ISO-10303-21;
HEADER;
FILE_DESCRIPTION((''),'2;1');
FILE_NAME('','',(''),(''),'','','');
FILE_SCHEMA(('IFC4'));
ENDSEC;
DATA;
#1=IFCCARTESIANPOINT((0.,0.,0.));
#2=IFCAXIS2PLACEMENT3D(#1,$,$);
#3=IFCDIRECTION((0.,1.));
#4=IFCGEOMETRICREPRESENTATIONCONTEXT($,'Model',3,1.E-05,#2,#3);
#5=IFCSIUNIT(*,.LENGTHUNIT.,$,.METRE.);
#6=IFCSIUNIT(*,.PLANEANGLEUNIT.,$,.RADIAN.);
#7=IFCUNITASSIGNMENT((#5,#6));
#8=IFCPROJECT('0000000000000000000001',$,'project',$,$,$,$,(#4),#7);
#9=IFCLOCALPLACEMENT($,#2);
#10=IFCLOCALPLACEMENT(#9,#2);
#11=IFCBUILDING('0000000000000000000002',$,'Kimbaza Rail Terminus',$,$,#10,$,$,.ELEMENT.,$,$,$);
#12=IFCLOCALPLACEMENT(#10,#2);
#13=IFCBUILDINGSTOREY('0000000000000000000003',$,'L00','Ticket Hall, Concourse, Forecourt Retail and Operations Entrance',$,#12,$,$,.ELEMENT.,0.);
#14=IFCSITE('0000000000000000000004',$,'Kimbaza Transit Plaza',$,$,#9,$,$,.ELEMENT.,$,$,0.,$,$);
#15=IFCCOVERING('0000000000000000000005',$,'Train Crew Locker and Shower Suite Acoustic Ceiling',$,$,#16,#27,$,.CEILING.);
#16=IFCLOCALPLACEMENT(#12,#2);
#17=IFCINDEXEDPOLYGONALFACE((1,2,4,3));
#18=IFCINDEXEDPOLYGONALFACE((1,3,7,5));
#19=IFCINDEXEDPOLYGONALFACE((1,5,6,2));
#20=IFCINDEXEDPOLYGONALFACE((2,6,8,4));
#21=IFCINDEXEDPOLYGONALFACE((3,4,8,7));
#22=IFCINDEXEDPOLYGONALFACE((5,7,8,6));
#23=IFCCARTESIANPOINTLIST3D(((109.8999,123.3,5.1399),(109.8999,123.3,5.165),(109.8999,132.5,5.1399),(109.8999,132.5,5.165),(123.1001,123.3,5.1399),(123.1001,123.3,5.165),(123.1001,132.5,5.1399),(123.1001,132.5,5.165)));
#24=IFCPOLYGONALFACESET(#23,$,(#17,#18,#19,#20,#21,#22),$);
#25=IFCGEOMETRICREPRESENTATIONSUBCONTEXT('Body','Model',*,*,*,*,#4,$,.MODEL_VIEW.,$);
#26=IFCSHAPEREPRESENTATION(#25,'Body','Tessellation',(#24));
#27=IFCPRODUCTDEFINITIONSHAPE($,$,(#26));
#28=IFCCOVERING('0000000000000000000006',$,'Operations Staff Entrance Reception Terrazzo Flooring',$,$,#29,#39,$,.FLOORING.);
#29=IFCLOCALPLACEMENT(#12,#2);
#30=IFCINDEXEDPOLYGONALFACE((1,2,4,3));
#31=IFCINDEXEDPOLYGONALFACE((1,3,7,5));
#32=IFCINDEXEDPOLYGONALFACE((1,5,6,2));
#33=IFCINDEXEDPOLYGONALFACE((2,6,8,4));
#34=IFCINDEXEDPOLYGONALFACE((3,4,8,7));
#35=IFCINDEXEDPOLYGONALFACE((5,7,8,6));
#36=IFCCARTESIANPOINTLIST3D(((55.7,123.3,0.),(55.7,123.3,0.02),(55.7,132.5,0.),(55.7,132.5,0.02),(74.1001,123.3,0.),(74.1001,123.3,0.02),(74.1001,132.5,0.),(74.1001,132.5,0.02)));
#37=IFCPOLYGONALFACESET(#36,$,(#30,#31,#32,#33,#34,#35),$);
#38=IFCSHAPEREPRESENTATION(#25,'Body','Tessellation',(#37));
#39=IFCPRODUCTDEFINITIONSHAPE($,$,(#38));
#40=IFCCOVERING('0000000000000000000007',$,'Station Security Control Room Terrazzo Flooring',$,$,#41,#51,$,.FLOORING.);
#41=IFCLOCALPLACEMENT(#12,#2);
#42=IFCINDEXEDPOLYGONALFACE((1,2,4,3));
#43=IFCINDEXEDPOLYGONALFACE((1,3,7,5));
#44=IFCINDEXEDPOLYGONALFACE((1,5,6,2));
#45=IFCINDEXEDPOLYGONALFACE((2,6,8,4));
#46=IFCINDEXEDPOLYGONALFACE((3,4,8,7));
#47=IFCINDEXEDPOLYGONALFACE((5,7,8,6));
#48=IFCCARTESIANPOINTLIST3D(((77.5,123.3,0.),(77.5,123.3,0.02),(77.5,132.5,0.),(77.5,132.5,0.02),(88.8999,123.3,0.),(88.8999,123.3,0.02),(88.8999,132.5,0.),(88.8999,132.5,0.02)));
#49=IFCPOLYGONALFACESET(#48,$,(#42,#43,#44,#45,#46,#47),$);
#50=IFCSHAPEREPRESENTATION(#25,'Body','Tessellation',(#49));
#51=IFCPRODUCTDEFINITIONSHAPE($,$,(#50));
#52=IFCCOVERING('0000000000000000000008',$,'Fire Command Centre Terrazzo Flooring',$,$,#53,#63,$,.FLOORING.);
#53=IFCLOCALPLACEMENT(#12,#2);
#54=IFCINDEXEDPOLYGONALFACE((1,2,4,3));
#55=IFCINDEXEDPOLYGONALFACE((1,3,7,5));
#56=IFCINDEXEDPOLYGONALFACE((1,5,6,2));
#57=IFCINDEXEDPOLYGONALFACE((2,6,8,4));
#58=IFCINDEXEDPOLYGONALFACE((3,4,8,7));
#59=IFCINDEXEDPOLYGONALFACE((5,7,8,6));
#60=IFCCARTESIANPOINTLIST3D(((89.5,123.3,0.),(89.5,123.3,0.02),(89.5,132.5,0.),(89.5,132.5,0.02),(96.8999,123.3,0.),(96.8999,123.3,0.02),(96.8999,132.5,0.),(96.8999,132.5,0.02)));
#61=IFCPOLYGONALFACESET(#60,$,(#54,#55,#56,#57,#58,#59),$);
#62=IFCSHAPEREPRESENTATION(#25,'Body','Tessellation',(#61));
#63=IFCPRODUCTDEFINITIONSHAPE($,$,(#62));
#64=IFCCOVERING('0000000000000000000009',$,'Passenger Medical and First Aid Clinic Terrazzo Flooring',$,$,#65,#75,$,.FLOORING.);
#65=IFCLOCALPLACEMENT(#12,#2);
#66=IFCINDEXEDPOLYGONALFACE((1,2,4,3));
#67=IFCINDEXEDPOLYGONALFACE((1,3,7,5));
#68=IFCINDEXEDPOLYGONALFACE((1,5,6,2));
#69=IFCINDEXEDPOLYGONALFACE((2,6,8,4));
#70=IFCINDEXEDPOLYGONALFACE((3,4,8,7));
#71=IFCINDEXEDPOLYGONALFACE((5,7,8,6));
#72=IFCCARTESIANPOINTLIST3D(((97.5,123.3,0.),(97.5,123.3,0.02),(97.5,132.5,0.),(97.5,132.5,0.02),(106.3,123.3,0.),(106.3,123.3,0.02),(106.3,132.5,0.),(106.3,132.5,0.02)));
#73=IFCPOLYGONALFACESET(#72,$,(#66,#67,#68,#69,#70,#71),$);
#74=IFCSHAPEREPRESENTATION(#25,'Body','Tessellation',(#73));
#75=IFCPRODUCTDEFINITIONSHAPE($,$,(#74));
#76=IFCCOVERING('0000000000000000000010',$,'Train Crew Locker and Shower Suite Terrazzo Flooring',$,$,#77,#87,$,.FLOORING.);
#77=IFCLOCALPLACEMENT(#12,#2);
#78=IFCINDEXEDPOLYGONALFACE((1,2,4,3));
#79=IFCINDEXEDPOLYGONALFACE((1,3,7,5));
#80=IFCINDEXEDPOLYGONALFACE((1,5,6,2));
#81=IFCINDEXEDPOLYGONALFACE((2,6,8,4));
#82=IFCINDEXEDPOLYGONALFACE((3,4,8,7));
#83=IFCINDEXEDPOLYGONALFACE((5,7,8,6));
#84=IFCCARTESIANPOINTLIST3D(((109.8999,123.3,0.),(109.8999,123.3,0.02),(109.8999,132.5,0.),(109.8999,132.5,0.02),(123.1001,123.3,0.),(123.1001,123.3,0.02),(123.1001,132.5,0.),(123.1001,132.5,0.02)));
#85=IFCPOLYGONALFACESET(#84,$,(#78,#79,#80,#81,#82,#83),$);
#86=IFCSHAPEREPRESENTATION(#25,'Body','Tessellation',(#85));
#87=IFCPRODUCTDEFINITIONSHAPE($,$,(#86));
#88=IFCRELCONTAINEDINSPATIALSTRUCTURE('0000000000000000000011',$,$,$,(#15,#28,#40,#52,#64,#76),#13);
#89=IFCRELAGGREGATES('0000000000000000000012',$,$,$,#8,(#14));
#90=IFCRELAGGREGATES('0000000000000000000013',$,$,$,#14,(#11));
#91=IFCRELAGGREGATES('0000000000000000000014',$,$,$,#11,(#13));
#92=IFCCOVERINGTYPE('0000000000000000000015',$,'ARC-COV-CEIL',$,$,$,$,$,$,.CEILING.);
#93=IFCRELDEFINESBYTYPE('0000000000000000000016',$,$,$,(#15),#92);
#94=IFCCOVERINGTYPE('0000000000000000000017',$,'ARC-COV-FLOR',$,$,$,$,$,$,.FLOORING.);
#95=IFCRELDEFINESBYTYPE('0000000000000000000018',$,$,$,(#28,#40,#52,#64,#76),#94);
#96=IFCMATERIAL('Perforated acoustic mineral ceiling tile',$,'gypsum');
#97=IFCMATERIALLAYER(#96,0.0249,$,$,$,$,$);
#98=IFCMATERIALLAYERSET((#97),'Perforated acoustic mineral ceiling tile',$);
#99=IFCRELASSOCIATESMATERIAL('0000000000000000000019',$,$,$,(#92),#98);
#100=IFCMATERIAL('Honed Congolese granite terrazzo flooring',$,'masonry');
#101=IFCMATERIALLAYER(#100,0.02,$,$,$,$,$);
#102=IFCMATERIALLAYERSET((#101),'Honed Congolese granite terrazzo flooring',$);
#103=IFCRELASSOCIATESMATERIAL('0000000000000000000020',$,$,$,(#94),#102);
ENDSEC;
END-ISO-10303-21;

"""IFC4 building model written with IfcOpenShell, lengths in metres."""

from ifc_helpers import new_model, si_unit, direction, frame, origin, place, context, subcontext, project, spatial, polyline, outline, extrude, material, layer, layer_set, type_object, element, save


model = new_model("IFC4")

# Units and contexts
model_context = context("Model", 3, precision=1e-05, world=origin(), true_north=direction((0.0, 1.0)))
body_context = subcontext(model_context, "Body", "Model", "MODEL_VIEW")
ifc_project = project(units=[si_unit("LENGTHUNIT", "METRE"), si_unit("PLANEANGLEUNIT", "RADIAN")], contexts=[model_context])

# Site, building, storey
site_placement = place(None, origin())
site = spatial("IfcSite", under=ifc_project, at=site_placement, Name="Kimbaza Transit Plaza", CompositionType="ELEMENT", RefElevation=0.0)
building_placement = place(site_placement, origin())
building = spatial("IfcBuilding", under=site, at=building_placement, Name="Kimbaza Rail Terminus", CompositionType="ELEMENT")
storey_placement = place(building_placement, origin())
storey = spatial("IfcBuildingStorey", under=building, at=storey_placement, Name="L00", Description="Ticket Hall, Concourse, Forecourt Retail and Operations Entrance", CompositionType="ELEMENT", Elevation=0.0)

# Coverings
ifc_material_1 = material(Name="Perforated acoustic mineral ceiling tile", Category="gypsum")
ifc_layer_1 = layer(ifc_material_1, 0.0249)
ifc_layer_set_1 = layer_set([ifc_layer_1], Name="Perforated acoustic mineral ceiling tile")
covering_type_1 = type_object("IfcCoveringType", Name="ARC-COV-CEIL", PredefinedType="CEILING", material=ifc_layer_set_1)
covering_1_placement = place(storey_placement, frame((0.0, 0.0, 5.1399)))
element("IfcCovering", 1, at=covering_1_placement, inside=storey, type_object=covering_type_1, Name="Train Crew Locker and Shower Suite Acoustic Ceiling", PredefinedType="CEILING", context=body_context, shape_type="SweptSolid", body=[
    extrude(outline(polyline([(109.8999, 123.3), (123.1001, 123.3), (123.1001, 132.5), (109.8999, 132.5), (109.8999, 123.3)])), origin(), (0.0, 0.0, 1.0), 0.0251),
])
ifc_material_2 = material(Name="Honed Congolese granite terrazzo flooring", Category="masonry")
ifc_layer_2 = layer(ifc_material_2, 0.02)
ifc_layer_set_2 = layer_set([ifc_layer_2], Name="Honed Congolese granite terrazzo flooring")
covering_type_2 = type_object("IfcCoveringType", Name="ARC-COV-FLOR", PredefinedType="FLOORING", material=ifc_layer_set_2)
covering_2_placement = place(storey_placement, origin())
element("IfcCovering", 2, at=covering_2_placement, inside=storey, type_object=covering_type_2, Name="Operations Staff Entrance Reception Terrazzo Flooring", PredefinedType="FLOORING", context=body_context, shape_type="SweptSolid", body=[
    extrude(outline(polyline([(55.7, 123.3), (74.1001, 123.3), (74.1001, 132.5), (55.7, 132.5), (55.7, 123.3)])), origin(), (0.0, 0.0, 1.0), 0.02),
])
covering_3_placement = place(storey_placement, origin())
element("IfcCovering", 3, at=covering_3_placement, inside=storey, type_object=covering_type_2, Name="Station Security Control Room Terrazzo Flooring", PredefinedType="FLOORING", context=body_context, shape_type="SweptSolid", body=[
    extrude(outline(polyline([(77.5, 123.3), (88.8999, 123.3), (88.8999, 132.5), (77.5, 132.5), (77.5, 123.3)])), origin(), (0.0, 0.0, 1.0), 0.02),
])
covering_4_placement = place(storey_placement, origin())
element("IfcCovering", 4, at=covering_4_placement, inside=storey, type_object=covering_type_2, Name="Fire Command Centre Terrazzo Flooring", PredefinedType="FLOORING", context=body_context, shape_type="SweptSolid", body=[
    extrude(outline(polyline([(89.5, 123.3), (96.8999, 123.3), (96.8999, 132.5), (89.5, 132.5), (89.5, 123.3)])), origin(), (0.0, 0.0, 1.0), 0.02),
])
covering_5_placement = place(storey_placement, origin())
element("IfcCovering", 5, at=covering_5_placement, inside=storey, type_object=covering_type_2, Name="Passenger Medical and First Aid Clinic Terrazzo Flooring", PredefinedType="FLOORING", context=body_context, shape_type="SweptSolid", body=[
    extrude(outline(polyline([(97.5, 123.3), (106.3, 123.3), (106.3, 132.5), (97.5, 132.5), (97.5, 123.3)])), origin(), (0.0, 0.0, 1.0), 0.02),
])
covering_6_placement = place(storey_placement, origin())
element("IfcCovering", 6, at=covering_6_placement, inside=storey, type_object=covering_type_2, Name="Train Crew Locker and Shower Suite Terrazzo Flooring", PredefinedType="FLOORING", context=body_context, shape_type="SweptSolid", body=[
    extrude(outline(polyline([(109.8999, 123.3), (123.1001, 123.3), (123.1001, 132.5), (109.8999, 132.5), (109.8999, 123.3)])), origin(), (0.0, 0.0, 1.0), 0.02),
])

save(model, "model.ifc")
